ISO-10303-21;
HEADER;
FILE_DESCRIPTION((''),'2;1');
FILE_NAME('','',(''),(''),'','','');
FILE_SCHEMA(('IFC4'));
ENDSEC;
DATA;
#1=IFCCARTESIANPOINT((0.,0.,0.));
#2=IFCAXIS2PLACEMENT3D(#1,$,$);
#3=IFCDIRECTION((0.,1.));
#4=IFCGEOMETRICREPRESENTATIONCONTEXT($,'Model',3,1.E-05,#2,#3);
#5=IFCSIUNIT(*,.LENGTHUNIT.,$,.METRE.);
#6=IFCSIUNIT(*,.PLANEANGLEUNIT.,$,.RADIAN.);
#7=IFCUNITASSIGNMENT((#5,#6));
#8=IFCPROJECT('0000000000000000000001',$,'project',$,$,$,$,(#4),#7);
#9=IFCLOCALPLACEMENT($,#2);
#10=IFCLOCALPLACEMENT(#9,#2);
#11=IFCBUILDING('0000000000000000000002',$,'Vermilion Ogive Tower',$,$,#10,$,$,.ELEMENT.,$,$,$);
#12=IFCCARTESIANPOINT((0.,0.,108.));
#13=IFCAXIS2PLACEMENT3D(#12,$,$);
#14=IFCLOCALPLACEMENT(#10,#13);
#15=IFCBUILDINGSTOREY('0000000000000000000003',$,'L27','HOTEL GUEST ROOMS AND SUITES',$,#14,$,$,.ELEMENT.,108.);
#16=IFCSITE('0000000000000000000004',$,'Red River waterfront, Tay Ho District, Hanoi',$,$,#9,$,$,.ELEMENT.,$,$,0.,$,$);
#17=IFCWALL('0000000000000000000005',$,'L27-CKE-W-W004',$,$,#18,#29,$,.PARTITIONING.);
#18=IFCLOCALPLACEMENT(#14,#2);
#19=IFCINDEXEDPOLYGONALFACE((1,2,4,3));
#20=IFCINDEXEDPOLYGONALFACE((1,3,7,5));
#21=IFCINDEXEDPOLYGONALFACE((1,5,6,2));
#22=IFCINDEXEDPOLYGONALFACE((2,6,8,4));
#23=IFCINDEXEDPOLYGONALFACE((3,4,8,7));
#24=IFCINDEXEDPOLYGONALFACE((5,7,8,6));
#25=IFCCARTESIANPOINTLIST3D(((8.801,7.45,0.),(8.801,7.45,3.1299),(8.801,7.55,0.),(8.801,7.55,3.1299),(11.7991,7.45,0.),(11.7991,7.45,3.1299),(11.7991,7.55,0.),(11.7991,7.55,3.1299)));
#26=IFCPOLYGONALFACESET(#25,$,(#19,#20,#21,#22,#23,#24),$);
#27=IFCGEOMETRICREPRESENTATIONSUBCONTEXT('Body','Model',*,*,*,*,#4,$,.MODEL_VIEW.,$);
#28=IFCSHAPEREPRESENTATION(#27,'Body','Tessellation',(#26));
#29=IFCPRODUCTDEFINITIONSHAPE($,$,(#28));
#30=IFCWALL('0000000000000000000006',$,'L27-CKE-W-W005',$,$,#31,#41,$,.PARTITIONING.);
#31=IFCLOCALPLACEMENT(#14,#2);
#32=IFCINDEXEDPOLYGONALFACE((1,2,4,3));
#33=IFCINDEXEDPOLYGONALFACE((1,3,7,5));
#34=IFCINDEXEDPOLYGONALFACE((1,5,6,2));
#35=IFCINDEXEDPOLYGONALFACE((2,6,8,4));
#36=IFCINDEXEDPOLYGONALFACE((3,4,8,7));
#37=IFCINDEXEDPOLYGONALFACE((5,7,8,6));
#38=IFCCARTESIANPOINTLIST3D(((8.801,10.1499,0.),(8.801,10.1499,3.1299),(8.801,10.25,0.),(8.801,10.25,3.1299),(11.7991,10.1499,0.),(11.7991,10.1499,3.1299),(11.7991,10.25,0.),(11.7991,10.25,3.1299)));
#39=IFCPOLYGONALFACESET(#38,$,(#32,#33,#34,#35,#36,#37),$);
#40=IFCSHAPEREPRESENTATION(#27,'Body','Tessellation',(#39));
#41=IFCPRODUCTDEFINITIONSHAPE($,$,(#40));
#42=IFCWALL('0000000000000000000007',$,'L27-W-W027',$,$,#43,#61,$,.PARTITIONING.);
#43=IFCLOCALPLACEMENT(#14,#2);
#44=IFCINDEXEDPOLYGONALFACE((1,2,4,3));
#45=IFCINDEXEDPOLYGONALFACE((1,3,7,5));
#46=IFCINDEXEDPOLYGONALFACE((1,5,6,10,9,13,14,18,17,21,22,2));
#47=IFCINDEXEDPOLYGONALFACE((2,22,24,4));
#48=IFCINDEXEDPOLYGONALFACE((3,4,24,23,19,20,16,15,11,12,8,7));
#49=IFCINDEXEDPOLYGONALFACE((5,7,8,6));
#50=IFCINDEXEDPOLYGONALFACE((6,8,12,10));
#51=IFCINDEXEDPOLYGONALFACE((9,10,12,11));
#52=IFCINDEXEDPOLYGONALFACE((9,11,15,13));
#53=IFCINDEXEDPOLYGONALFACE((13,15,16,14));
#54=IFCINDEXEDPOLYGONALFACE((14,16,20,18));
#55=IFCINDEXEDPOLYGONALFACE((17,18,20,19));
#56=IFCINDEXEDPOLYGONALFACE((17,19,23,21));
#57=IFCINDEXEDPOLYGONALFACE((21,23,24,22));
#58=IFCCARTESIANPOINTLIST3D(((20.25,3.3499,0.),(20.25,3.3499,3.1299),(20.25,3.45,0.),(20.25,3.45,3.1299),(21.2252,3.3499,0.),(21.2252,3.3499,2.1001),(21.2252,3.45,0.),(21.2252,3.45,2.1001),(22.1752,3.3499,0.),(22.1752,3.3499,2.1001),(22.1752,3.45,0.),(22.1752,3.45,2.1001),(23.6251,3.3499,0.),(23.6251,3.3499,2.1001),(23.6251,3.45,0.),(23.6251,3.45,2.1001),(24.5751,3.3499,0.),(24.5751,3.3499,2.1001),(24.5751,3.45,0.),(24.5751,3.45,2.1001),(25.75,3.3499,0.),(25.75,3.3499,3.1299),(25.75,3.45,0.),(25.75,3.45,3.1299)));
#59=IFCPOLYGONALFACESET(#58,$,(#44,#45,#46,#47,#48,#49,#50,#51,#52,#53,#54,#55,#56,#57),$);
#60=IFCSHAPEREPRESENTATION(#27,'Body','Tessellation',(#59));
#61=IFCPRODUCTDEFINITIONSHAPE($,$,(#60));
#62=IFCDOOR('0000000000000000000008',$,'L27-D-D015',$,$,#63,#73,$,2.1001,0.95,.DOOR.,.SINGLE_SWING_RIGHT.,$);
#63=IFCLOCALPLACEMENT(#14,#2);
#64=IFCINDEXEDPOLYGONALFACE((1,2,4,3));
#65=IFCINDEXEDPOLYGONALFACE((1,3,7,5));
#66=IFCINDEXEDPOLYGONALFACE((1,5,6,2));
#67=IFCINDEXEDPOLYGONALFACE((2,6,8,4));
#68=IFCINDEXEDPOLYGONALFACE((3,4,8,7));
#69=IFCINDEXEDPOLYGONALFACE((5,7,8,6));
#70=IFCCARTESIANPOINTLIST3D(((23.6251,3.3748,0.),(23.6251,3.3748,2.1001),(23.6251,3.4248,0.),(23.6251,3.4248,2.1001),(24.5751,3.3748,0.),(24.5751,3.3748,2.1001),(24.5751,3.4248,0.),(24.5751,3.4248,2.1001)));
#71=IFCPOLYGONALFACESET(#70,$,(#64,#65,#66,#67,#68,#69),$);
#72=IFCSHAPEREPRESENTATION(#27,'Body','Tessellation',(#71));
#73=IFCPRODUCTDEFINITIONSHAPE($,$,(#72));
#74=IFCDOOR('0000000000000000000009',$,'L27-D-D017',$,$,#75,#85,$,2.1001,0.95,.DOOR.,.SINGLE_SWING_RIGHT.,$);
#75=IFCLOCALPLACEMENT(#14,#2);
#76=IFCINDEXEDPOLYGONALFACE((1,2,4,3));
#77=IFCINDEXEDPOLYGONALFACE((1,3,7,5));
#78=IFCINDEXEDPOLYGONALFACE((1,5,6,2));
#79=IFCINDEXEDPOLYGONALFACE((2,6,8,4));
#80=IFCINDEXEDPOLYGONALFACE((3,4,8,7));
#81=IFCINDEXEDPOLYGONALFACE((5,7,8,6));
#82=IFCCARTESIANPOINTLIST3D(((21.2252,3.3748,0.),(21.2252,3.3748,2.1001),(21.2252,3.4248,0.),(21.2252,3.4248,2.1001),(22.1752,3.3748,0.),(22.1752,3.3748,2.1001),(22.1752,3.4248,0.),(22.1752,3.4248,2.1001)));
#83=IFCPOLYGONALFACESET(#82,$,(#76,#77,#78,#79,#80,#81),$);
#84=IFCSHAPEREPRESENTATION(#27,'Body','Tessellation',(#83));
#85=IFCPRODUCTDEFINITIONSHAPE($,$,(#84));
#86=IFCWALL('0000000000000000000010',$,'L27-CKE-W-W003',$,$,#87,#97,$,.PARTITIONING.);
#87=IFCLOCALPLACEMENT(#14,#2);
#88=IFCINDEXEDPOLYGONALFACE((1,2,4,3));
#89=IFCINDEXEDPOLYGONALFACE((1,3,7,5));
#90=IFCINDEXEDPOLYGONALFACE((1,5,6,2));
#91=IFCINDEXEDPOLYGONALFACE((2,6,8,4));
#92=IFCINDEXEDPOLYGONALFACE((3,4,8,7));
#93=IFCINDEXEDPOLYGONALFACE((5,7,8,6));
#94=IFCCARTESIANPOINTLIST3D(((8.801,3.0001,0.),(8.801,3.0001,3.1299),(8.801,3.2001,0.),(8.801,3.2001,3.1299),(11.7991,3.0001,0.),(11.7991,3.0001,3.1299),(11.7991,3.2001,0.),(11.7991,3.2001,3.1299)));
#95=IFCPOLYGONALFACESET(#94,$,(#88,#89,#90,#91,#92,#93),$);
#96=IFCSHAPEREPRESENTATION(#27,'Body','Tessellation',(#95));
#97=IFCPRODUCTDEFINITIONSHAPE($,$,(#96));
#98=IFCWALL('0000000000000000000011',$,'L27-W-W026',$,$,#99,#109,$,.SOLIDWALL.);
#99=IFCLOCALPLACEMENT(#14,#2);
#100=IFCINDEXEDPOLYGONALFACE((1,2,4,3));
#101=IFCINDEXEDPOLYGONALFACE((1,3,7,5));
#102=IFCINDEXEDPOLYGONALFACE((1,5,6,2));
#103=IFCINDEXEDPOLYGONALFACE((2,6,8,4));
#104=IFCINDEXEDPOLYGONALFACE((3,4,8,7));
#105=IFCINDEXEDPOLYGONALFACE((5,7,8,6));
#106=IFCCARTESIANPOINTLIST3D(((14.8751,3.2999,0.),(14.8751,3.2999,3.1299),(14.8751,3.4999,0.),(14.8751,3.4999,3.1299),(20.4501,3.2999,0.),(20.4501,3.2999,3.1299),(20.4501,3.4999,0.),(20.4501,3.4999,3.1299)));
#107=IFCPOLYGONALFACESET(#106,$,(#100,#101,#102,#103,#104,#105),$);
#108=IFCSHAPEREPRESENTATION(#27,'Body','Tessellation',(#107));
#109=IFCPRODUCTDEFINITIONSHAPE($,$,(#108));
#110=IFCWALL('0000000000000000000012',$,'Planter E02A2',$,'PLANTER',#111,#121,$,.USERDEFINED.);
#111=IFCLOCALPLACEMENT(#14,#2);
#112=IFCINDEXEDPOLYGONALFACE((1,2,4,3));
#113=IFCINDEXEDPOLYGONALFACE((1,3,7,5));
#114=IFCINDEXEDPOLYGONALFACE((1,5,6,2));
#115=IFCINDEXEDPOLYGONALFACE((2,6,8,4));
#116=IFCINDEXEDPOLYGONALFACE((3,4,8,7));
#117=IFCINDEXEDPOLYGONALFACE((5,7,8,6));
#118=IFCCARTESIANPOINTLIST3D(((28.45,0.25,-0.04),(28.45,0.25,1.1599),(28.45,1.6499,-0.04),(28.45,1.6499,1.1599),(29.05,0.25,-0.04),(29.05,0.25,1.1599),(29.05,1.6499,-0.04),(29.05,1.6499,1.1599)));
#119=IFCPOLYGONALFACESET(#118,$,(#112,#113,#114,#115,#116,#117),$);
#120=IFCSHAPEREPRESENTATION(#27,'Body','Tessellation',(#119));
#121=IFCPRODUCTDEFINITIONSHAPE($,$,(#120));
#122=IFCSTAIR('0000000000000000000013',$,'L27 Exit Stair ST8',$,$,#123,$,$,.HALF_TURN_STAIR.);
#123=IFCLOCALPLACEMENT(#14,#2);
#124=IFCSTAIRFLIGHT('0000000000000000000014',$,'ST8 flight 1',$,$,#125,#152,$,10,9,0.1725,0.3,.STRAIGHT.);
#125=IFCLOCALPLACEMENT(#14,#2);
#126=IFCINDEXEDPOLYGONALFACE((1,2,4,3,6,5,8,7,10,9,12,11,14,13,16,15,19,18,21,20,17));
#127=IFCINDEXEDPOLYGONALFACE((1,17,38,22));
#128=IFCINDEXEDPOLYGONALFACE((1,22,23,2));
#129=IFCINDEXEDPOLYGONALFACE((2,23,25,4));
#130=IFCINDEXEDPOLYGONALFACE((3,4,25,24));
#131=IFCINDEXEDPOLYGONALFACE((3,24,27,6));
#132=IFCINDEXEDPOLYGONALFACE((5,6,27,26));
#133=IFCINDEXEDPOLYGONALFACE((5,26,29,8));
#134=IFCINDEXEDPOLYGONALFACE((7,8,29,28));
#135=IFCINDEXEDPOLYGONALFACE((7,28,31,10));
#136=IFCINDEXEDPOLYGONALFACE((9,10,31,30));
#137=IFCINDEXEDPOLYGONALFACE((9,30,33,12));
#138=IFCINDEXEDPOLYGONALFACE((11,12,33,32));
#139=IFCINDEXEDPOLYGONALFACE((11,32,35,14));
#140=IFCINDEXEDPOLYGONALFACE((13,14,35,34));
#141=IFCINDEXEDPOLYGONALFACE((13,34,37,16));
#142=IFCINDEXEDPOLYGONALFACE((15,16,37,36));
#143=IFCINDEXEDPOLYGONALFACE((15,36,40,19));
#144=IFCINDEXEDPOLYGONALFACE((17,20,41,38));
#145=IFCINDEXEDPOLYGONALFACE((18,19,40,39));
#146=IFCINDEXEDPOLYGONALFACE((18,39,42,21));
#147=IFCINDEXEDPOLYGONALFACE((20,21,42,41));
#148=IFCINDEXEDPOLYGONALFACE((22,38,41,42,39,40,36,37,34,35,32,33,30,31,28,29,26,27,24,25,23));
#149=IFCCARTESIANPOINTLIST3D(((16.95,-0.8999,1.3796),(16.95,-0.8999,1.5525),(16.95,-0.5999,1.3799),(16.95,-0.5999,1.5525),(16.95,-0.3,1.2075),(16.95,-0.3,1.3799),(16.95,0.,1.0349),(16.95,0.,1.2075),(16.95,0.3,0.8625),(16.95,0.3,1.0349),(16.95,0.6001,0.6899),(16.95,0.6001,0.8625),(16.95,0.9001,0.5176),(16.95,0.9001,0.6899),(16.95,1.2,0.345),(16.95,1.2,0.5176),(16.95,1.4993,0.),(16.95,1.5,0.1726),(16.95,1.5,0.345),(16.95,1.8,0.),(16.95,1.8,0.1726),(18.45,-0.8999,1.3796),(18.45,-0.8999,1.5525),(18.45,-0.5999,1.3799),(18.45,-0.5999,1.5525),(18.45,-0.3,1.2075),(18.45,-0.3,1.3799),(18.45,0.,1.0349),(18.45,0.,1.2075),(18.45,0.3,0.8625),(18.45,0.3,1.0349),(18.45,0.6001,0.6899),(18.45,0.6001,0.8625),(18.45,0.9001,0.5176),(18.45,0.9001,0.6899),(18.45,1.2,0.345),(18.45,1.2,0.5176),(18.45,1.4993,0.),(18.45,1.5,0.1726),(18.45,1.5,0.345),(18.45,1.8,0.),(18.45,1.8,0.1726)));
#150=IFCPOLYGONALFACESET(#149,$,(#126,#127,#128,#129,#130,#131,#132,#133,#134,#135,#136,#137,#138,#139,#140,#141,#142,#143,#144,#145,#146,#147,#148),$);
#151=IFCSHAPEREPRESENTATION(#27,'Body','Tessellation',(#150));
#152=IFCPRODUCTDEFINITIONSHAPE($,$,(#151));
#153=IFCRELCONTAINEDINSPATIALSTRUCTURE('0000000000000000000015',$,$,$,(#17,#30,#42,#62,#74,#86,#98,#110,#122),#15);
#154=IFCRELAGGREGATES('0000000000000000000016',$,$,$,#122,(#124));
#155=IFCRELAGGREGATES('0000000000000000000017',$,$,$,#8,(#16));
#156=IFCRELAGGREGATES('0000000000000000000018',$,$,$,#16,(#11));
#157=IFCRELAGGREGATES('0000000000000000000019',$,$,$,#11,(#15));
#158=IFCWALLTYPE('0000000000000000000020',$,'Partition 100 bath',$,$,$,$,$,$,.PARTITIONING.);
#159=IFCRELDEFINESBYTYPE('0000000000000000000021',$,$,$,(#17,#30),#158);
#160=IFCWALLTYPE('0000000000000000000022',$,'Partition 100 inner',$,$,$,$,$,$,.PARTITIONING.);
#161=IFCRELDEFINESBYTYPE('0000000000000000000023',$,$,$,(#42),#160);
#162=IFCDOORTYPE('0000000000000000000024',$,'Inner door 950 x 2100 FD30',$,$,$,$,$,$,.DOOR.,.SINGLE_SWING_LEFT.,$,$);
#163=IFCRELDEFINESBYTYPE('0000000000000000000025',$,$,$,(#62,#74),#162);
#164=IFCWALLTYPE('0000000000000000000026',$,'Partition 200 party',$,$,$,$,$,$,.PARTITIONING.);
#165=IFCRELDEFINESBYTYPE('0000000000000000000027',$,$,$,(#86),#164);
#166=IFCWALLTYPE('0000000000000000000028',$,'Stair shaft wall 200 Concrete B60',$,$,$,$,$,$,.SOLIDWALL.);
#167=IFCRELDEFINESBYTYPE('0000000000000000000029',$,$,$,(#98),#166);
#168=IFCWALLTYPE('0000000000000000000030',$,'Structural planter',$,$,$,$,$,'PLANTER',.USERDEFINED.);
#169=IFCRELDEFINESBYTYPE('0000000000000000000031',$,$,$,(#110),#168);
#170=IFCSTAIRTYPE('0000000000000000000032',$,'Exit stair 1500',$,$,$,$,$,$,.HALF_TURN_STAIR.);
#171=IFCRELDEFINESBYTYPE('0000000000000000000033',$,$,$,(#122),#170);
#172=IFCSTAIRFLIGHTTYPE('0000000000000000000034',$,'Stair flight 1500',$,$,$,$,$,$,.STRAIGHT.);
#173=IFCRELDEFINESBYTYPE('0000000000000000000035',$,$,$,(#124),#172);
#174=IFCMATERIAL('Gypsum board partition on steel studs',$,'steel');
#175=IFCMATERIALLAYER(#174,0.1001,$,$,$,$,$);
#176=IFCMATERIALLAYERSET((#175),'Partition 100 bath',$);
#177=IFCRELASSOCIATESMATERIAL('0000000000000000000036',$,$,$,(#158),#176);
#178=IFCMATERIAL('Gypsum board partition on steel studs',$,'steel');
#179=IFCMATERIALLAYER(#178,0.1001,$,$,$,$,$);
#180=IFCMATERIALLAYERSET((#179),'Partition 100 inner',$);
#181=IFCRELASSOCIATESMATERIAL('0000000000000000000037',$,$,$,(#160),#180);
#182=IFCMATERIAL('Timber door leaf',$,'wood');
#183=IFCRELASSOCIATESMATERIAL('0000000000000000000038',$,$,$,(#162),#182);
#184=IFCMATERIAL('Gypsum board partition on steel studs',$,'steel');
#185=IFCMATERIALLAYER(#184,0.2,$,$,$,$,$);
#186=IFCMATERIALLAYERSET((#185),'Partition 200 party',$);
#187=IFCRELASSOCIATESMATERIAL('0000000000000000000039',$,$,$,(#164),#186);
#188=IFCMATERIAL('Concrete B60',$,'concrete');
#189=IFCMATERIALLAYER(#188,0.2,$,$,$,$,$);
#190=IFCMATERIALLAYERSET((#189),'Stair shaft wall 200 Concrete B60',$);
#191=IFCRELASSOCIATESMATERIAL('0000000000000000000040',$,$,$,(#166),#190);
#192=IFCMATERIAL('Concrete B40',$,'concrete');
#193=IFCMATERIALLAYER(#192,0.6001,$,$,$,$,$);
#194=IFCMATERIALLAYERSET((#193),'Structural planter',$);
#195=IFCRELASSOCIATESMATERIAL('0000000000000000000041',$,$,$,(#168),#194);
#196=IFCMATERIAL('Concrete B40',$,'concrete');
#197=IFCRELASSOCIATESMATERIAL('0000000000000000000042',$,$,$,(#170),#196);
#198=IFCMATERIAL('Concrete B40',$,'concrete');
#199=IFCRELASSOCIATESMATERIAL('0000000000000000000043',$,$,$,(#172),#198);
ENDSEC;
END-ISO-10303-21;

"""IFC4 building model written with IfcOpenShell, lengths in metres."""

from ifc_helpers import new_model, si_unit, direction, frame, frame_2d, origin, place, context, subcontext, project, spatial, polyline, rectangle, outline, extrude, material, layer, layer_set, type_object, element, fill, aggregate, save


model = new_model("IFC4")

# Units and contexts
model_context = context("Model", 3, precision=1e-05, world=origin(), true_north=direction((0.0, 1.0)))
body_context = subcontext(model_context, "Body", "Model", "MODEL_VIEW")
ifc_project = project(units=[si_unit("LENGTHUNIT", "METRE"), si_unit("PLANEANGLEUNIT", "RADIAN")], contexts=[model_context])

# Site, building, storey
site_placement = place(None, origin())
site = spatial("IfcSite", under=ifc_project, at=site_placement, Name="Red River waterfront, Tay Ho District, Hanoi", CompositionType="ELEMENT", RefElevation=0.0)
building_placement = place(site_placement, origin())
building = spatial("IfcBuilding", under=site, at=building_placement, Name="Vermilion Ogive Tower", CompositionType="ELEMENT")
storey_placement = place(building_placement, frame((0.0, 0.0, 108.0)))
storey = spatial("IfcBuildingStorey", under=building, at=storey_placement, Name="L27", Description="HOTEL GUEST ROOMS AND SUITES", CompositionType="ELEMENT", Elevation=108.0)

# Walls
ifc_material_1 = material(Name="Gypsum board partition on steel studs", Category="steel")
ifc_layer_1 = layer(ifc_material_1, 0.1001)
ifc_layer_set_1 = layer_set([ifc_layer_1], Name="Partition 100 bath")
wall_type_1 = type_object("IfcWallType", Name="Partition 100 bath", PredefinedType="PARTITIONING", material=ifc_layer_set_1)
for number, where, z_axis, x_axis, name in (
    (1, (8.801, 7.5, 0.0), (0.0, 0.0, 1.0), (1.0, 0.0, 0.0), "L27-CKE-W-W004"),
    (2, (8.801, 10.2, 0.0), (0.0, 0.0, 1.0), (1.0, 0.0, 0.0), "L27-CKE-W-W005"),
):
    element("IfcWall", number, at=place(storey_placement, frame(where, z_axis=z_axis, x_axis=x_axis)), inside=storey, type_object=wall_type_1, Name=name, PredefinedType="PARTITIONING", context=body_context, shape_type="SweptSolid", body=[
        extrude(rectangle(XDim=2.998, YDim=0.1001, at=frame_2d((1.499, 0.0))), origin(), (0.0, 0.0, 1.0), 3.1299),
    ])

# Wall, openings, doors
ifc_material_2 = material(Name="Gypsum board partition on steel studs", Category="steel")
ifc_layer_2 = layer(ifc_material_2, 0.1001)
ifc_layer_set_2 = layer_set([ifc_layer_2], Name="Partition 100 inner")
wall_type_2 = type_object("IfcWallType", Name="Partition 100 inner", PredefinedType="PARTITIONING", material=ifc_layer_set_2)
wall_1_placement = place(storey_placement, frame((20.25, 3.3999, 0.0), z_axis=(0.0, 0.0, 1.0), x_axis=(1.0, 0.0, 0.0)))
wall_1 = element("IfcWall", 3, at=wall_1_placement, inside=storey, type_object=wall_type_2, Name="L27-W-W027", PredefinedType="PARTITIONING", context=body_context, shape_type="SweptSolid", body=[
    extrude(rectangle(XDim=5.5, YDim=0.1001, at=frame_2d((2.75, 0.0))), origin(), (0.0, 0.0, 1.0), 3.1299),
])
opening_1_placement = place(wall_1_placement, frame((3.375, 0.0, 0.0)))
opening_1 = element("IfcOpeningElement", 4, at=opening_1_placement, cuts=wall_1, PredefinedType="OPENING", context=body_context, shape_type="SweptSolid", body=[
    extrude(rectangle(XDim=0.95, YDim=2.1001, at=frame_2d((0.4751, 1.05))), frame((0.0, 0.0601, 0.0), z_axis=(0.0, -1.0, 0.0), x_axis=(1.0, 0.0, 0.0)), (0.0, 0.0, 1.0), 0.1201),
])
opening_2_placement = place(wall_1_placement, frame((0.9751, 0.0, 0.0)))
opening_2 = element("IfcOpeningElement", 5, at=opening_2_placement, cuts=wall_1, PredefinedType="OPENING", context=body_context, shape_type="SweptSolid", body=[
    extrude(rectangle(XDim=0.95, YDim=2.1001, at=frame_2d((0.4751, 1.05))), frame((0.0, 0.0601, 0.0), z_axis=(0.0, -1.0, 0.0), x_axis=(1.0, 0.0, 0.0)), (0.0, 0.0, 1.0), 0.1201),
])
ifc_material_3 = material(Name="Timber door leaf", Category="wood")
door_type = type_object("IfcDoorType", Name="Inner door 950 x 2100 FD30", OperationType="SINGLE_SWING_LEFT", PredefinedType="DOOR", material=ifc_material_3)
door_1_placement = place(opening_1_placement, origin())
door_1 = element("IfcDoor", 6, at=door_1_placement, inside=storey, type_object=door_type, Name="L27-D-D015", OperationType="SINGLE_SWING_RIGHT", OverallHeight=2.1001, OverallWidth=0.95, PredefinedType="DOOR", context=body_context, shape_type="SweptSolid", body=[
    extrude(rectangle(XDim=0.95, YDim=2.1001, at=frame_2d((0.4751, 1.05))), frame((0.0, 0.0249, 0.0), z_axis=(0.0, -1.0, 0.0), x_axis=(1.0, 0.0, 0.0)), (0.0, 0.0, 1.0), 0.05),
])
fill(opening_1, door_1)
door_2_placement = place(opening_2_placement, origin())
door_2 = element("IfcDoor", 7, at=door_2_placement, inside=storey, type_object=door_type, Name="L27-D-D017", OperationType="SINGLE_SWING_RIGHT", OverallHeight=2.1001, OverallWidth=0.95, PredefinedType="DOOR", context=body_context, shape_type="SweptSolid", body=[
    extrude(rectangle(XDim=0.95, YDim=2.1001, at=frame_2d((0.4751, 1.05))), frame((0.0, 0.0249, 0.0), z_axis=(0.0, -1.0, 0.0), x_axis=(1.0, 0.0, 0.0)), (0.0, 0.0, 1.0), 0.05),
])
fill(opening_2, door_2)

# Walls
ifc_material_4 = material(Name="Gypsum board partition on steel studs", Category="steel")
ifc_layer_3 = layer(ifc_material_4, 0.2)
ifc_layer_set_3 = layer_set([ifc_layer_3], Name="Partition 200 party")
wall_type_3 = type_object("IfcWallType", Name="Partition 200 party", PredefinedType="PARTITIONING", material=ifc_layer_set_3)
wall_2_placement = place(storey_placement, frame((8.801, 3.1001, 0.0), z_axis=(0.0, 0.0, 1.0), x_axis=(1.0, 0.0, 0.0)))
element("IfcWall", 8, at=wall_2_placement, inside=storey, type_object=wall_type_3, Name="L27-CKE-W-W003", PredefinedType="PARTITIONING", context=body_context, shape_type="SweptSolid", body=[
    extrude(rectangle(XDim=2.998, YDim=0.2, at=frame_2d((1.499, 0.0))), origin(), (0.0, 0.0, 1.0), 3.1299),
])
ifc_material_5 = material(Name="Concrete B60", Category="concrete")
ifc_layer_4 = layer(ifc_material_5, 0.2)
ifc_layer_set_4 = layer_set([ifc_layer_4], Name="Stair shaft wall 200 Concrete B60")
wall_type_4 = type_object("IfcWallType", Name="Stair shaft wall 200 Concrete B60", PredefinedType="SOLIDWALL", material=ifc_layer_set_4)
wall_3_placement = place(storey_placement, frame((14.875, 3.3999, 0.0), z_axis=(0.0, 0.0, 1.0), x_axis=(1.0, 0.0, 0.0)))
element("IfcWall", 9, at=wall_3_placement, inside=storey, type_object=wall_type_4, Name="L27-W-W026", PredefinedType="SOLIDWALL", context=body_context, shape_type="SweptSolid", body=[
    extrude(rectangle(XDim=5.575, YDim=0.2, at=frame_2d((2.7876, 0.0))), origin(), (0.0, 0.0, 1.0), 3.1299),
])
ifc_material_6 = material(Name="Concrete B40", Category="concrete")
ifc_layer_5 = layer(ifc_material_6, 0.6001)
ifc_layer_set_5 = layer_set([ifc_layer_5], Name="Structural planter")
wall_type_5 = type_object("IfcWallType", Name="Structural planter", ElementType="PLANTER", PredefinedType="USERDEFINED", material=ifc_layer_set_5)
wall_4_placement = place(storey_placement, frame((28.75, 0.25, -0.04), z_axis=(0.0, 0.0, 1.0), x_axis=(0.0, 1.0, 0.0)))
element("IfcWall", 10, at=wall_4_placement, inside=storey, type_object=wall_type_5, Name="Planter E02A2", ObjectType="PLANTER", PredefinedType="USERDEFINED", context=body_context, shape_type="SweptSolid", body=[
    extrude(rectangle(XDim=1.3999, YDim=0.6001, at=frame_2d((0.7, 0.0))), origin(), (0.0, 0.0, 1.0), 1.2),
])

# Stair, stair flight
ifc_material_7 = material(Name="Concrete B40", Category="concrete")
stair_type = type_object("IfcStairType", Name="Exit stair 1500", PredefinedType="HALF_TURN_STAIR", material=ifc_material_7)
stair_placement = place(storey_placement, origin())
stair = element("IfcStair", 11, at=stair_placement, inside=storey, type_object=stair_type, Name="L27 Exit Stair ST8", PredefinedType="HALF_TURN_STAIR")
ifc_material_8 = material(Name="Concrete B40", Category="concrete")
stair_flight_type = type_object("IfcStairFlightType", Name="Stair flight 1500", PredefinedType="STRAIGHT", material=ifc_material_8)
stair_flight_placement = place(storey_placement, frame((17.7, 1.8, 0.0), z_axis=(0.0, 0.0, 1.0), x_axis=(0.0, -1.0, 0.0)))
stair_flight = element("IfcStairFlight", 12, at=stair_flight_placement, type_object=stair_flight_type, Name="ST8 flight 1", NumberOfRisers=10, NumberOfTreads=9, PredefinedType="STRAIGHT", RiserHeight=0.1725, TreadLength=0.3, context=body_context, shape_type="SweptSolid", body=[
    extrude(outline(polyline([(0.0, 0.0), (0.0, 0.1726), (0.3, 0.1726), (0.3, 0.345), (0.6001, 0.345), (0.6001, 0.5176), (0.8999, 0.5176), (0.8999, 0.6899), (1.2, 0.6899), (1.2, 0.8625), (1.5, 0.8625), (1.5, 1.0349), (1.8, 1.0349), (1.8, 1.2075), (2.1001, 1.2075), (2.1001, 1.3799), (2.3999, 1.3799), (2.3999, 1.5525), (2.7, 1.5525), (2.7, 1.7251), (2.7, 1.3796), (0.3008, 0.0), (0.0, 0.0)])), frame((0.0, 0.75, 0.0), z_axis=(0.0, -1.0, 0.0), x_axis=(1.0, 0.0, 0.0)), (0.0, 0.0, 1.0), 1.5),
])
aggregate(stair, [stair_flight])

save(model, "model.ifc")
